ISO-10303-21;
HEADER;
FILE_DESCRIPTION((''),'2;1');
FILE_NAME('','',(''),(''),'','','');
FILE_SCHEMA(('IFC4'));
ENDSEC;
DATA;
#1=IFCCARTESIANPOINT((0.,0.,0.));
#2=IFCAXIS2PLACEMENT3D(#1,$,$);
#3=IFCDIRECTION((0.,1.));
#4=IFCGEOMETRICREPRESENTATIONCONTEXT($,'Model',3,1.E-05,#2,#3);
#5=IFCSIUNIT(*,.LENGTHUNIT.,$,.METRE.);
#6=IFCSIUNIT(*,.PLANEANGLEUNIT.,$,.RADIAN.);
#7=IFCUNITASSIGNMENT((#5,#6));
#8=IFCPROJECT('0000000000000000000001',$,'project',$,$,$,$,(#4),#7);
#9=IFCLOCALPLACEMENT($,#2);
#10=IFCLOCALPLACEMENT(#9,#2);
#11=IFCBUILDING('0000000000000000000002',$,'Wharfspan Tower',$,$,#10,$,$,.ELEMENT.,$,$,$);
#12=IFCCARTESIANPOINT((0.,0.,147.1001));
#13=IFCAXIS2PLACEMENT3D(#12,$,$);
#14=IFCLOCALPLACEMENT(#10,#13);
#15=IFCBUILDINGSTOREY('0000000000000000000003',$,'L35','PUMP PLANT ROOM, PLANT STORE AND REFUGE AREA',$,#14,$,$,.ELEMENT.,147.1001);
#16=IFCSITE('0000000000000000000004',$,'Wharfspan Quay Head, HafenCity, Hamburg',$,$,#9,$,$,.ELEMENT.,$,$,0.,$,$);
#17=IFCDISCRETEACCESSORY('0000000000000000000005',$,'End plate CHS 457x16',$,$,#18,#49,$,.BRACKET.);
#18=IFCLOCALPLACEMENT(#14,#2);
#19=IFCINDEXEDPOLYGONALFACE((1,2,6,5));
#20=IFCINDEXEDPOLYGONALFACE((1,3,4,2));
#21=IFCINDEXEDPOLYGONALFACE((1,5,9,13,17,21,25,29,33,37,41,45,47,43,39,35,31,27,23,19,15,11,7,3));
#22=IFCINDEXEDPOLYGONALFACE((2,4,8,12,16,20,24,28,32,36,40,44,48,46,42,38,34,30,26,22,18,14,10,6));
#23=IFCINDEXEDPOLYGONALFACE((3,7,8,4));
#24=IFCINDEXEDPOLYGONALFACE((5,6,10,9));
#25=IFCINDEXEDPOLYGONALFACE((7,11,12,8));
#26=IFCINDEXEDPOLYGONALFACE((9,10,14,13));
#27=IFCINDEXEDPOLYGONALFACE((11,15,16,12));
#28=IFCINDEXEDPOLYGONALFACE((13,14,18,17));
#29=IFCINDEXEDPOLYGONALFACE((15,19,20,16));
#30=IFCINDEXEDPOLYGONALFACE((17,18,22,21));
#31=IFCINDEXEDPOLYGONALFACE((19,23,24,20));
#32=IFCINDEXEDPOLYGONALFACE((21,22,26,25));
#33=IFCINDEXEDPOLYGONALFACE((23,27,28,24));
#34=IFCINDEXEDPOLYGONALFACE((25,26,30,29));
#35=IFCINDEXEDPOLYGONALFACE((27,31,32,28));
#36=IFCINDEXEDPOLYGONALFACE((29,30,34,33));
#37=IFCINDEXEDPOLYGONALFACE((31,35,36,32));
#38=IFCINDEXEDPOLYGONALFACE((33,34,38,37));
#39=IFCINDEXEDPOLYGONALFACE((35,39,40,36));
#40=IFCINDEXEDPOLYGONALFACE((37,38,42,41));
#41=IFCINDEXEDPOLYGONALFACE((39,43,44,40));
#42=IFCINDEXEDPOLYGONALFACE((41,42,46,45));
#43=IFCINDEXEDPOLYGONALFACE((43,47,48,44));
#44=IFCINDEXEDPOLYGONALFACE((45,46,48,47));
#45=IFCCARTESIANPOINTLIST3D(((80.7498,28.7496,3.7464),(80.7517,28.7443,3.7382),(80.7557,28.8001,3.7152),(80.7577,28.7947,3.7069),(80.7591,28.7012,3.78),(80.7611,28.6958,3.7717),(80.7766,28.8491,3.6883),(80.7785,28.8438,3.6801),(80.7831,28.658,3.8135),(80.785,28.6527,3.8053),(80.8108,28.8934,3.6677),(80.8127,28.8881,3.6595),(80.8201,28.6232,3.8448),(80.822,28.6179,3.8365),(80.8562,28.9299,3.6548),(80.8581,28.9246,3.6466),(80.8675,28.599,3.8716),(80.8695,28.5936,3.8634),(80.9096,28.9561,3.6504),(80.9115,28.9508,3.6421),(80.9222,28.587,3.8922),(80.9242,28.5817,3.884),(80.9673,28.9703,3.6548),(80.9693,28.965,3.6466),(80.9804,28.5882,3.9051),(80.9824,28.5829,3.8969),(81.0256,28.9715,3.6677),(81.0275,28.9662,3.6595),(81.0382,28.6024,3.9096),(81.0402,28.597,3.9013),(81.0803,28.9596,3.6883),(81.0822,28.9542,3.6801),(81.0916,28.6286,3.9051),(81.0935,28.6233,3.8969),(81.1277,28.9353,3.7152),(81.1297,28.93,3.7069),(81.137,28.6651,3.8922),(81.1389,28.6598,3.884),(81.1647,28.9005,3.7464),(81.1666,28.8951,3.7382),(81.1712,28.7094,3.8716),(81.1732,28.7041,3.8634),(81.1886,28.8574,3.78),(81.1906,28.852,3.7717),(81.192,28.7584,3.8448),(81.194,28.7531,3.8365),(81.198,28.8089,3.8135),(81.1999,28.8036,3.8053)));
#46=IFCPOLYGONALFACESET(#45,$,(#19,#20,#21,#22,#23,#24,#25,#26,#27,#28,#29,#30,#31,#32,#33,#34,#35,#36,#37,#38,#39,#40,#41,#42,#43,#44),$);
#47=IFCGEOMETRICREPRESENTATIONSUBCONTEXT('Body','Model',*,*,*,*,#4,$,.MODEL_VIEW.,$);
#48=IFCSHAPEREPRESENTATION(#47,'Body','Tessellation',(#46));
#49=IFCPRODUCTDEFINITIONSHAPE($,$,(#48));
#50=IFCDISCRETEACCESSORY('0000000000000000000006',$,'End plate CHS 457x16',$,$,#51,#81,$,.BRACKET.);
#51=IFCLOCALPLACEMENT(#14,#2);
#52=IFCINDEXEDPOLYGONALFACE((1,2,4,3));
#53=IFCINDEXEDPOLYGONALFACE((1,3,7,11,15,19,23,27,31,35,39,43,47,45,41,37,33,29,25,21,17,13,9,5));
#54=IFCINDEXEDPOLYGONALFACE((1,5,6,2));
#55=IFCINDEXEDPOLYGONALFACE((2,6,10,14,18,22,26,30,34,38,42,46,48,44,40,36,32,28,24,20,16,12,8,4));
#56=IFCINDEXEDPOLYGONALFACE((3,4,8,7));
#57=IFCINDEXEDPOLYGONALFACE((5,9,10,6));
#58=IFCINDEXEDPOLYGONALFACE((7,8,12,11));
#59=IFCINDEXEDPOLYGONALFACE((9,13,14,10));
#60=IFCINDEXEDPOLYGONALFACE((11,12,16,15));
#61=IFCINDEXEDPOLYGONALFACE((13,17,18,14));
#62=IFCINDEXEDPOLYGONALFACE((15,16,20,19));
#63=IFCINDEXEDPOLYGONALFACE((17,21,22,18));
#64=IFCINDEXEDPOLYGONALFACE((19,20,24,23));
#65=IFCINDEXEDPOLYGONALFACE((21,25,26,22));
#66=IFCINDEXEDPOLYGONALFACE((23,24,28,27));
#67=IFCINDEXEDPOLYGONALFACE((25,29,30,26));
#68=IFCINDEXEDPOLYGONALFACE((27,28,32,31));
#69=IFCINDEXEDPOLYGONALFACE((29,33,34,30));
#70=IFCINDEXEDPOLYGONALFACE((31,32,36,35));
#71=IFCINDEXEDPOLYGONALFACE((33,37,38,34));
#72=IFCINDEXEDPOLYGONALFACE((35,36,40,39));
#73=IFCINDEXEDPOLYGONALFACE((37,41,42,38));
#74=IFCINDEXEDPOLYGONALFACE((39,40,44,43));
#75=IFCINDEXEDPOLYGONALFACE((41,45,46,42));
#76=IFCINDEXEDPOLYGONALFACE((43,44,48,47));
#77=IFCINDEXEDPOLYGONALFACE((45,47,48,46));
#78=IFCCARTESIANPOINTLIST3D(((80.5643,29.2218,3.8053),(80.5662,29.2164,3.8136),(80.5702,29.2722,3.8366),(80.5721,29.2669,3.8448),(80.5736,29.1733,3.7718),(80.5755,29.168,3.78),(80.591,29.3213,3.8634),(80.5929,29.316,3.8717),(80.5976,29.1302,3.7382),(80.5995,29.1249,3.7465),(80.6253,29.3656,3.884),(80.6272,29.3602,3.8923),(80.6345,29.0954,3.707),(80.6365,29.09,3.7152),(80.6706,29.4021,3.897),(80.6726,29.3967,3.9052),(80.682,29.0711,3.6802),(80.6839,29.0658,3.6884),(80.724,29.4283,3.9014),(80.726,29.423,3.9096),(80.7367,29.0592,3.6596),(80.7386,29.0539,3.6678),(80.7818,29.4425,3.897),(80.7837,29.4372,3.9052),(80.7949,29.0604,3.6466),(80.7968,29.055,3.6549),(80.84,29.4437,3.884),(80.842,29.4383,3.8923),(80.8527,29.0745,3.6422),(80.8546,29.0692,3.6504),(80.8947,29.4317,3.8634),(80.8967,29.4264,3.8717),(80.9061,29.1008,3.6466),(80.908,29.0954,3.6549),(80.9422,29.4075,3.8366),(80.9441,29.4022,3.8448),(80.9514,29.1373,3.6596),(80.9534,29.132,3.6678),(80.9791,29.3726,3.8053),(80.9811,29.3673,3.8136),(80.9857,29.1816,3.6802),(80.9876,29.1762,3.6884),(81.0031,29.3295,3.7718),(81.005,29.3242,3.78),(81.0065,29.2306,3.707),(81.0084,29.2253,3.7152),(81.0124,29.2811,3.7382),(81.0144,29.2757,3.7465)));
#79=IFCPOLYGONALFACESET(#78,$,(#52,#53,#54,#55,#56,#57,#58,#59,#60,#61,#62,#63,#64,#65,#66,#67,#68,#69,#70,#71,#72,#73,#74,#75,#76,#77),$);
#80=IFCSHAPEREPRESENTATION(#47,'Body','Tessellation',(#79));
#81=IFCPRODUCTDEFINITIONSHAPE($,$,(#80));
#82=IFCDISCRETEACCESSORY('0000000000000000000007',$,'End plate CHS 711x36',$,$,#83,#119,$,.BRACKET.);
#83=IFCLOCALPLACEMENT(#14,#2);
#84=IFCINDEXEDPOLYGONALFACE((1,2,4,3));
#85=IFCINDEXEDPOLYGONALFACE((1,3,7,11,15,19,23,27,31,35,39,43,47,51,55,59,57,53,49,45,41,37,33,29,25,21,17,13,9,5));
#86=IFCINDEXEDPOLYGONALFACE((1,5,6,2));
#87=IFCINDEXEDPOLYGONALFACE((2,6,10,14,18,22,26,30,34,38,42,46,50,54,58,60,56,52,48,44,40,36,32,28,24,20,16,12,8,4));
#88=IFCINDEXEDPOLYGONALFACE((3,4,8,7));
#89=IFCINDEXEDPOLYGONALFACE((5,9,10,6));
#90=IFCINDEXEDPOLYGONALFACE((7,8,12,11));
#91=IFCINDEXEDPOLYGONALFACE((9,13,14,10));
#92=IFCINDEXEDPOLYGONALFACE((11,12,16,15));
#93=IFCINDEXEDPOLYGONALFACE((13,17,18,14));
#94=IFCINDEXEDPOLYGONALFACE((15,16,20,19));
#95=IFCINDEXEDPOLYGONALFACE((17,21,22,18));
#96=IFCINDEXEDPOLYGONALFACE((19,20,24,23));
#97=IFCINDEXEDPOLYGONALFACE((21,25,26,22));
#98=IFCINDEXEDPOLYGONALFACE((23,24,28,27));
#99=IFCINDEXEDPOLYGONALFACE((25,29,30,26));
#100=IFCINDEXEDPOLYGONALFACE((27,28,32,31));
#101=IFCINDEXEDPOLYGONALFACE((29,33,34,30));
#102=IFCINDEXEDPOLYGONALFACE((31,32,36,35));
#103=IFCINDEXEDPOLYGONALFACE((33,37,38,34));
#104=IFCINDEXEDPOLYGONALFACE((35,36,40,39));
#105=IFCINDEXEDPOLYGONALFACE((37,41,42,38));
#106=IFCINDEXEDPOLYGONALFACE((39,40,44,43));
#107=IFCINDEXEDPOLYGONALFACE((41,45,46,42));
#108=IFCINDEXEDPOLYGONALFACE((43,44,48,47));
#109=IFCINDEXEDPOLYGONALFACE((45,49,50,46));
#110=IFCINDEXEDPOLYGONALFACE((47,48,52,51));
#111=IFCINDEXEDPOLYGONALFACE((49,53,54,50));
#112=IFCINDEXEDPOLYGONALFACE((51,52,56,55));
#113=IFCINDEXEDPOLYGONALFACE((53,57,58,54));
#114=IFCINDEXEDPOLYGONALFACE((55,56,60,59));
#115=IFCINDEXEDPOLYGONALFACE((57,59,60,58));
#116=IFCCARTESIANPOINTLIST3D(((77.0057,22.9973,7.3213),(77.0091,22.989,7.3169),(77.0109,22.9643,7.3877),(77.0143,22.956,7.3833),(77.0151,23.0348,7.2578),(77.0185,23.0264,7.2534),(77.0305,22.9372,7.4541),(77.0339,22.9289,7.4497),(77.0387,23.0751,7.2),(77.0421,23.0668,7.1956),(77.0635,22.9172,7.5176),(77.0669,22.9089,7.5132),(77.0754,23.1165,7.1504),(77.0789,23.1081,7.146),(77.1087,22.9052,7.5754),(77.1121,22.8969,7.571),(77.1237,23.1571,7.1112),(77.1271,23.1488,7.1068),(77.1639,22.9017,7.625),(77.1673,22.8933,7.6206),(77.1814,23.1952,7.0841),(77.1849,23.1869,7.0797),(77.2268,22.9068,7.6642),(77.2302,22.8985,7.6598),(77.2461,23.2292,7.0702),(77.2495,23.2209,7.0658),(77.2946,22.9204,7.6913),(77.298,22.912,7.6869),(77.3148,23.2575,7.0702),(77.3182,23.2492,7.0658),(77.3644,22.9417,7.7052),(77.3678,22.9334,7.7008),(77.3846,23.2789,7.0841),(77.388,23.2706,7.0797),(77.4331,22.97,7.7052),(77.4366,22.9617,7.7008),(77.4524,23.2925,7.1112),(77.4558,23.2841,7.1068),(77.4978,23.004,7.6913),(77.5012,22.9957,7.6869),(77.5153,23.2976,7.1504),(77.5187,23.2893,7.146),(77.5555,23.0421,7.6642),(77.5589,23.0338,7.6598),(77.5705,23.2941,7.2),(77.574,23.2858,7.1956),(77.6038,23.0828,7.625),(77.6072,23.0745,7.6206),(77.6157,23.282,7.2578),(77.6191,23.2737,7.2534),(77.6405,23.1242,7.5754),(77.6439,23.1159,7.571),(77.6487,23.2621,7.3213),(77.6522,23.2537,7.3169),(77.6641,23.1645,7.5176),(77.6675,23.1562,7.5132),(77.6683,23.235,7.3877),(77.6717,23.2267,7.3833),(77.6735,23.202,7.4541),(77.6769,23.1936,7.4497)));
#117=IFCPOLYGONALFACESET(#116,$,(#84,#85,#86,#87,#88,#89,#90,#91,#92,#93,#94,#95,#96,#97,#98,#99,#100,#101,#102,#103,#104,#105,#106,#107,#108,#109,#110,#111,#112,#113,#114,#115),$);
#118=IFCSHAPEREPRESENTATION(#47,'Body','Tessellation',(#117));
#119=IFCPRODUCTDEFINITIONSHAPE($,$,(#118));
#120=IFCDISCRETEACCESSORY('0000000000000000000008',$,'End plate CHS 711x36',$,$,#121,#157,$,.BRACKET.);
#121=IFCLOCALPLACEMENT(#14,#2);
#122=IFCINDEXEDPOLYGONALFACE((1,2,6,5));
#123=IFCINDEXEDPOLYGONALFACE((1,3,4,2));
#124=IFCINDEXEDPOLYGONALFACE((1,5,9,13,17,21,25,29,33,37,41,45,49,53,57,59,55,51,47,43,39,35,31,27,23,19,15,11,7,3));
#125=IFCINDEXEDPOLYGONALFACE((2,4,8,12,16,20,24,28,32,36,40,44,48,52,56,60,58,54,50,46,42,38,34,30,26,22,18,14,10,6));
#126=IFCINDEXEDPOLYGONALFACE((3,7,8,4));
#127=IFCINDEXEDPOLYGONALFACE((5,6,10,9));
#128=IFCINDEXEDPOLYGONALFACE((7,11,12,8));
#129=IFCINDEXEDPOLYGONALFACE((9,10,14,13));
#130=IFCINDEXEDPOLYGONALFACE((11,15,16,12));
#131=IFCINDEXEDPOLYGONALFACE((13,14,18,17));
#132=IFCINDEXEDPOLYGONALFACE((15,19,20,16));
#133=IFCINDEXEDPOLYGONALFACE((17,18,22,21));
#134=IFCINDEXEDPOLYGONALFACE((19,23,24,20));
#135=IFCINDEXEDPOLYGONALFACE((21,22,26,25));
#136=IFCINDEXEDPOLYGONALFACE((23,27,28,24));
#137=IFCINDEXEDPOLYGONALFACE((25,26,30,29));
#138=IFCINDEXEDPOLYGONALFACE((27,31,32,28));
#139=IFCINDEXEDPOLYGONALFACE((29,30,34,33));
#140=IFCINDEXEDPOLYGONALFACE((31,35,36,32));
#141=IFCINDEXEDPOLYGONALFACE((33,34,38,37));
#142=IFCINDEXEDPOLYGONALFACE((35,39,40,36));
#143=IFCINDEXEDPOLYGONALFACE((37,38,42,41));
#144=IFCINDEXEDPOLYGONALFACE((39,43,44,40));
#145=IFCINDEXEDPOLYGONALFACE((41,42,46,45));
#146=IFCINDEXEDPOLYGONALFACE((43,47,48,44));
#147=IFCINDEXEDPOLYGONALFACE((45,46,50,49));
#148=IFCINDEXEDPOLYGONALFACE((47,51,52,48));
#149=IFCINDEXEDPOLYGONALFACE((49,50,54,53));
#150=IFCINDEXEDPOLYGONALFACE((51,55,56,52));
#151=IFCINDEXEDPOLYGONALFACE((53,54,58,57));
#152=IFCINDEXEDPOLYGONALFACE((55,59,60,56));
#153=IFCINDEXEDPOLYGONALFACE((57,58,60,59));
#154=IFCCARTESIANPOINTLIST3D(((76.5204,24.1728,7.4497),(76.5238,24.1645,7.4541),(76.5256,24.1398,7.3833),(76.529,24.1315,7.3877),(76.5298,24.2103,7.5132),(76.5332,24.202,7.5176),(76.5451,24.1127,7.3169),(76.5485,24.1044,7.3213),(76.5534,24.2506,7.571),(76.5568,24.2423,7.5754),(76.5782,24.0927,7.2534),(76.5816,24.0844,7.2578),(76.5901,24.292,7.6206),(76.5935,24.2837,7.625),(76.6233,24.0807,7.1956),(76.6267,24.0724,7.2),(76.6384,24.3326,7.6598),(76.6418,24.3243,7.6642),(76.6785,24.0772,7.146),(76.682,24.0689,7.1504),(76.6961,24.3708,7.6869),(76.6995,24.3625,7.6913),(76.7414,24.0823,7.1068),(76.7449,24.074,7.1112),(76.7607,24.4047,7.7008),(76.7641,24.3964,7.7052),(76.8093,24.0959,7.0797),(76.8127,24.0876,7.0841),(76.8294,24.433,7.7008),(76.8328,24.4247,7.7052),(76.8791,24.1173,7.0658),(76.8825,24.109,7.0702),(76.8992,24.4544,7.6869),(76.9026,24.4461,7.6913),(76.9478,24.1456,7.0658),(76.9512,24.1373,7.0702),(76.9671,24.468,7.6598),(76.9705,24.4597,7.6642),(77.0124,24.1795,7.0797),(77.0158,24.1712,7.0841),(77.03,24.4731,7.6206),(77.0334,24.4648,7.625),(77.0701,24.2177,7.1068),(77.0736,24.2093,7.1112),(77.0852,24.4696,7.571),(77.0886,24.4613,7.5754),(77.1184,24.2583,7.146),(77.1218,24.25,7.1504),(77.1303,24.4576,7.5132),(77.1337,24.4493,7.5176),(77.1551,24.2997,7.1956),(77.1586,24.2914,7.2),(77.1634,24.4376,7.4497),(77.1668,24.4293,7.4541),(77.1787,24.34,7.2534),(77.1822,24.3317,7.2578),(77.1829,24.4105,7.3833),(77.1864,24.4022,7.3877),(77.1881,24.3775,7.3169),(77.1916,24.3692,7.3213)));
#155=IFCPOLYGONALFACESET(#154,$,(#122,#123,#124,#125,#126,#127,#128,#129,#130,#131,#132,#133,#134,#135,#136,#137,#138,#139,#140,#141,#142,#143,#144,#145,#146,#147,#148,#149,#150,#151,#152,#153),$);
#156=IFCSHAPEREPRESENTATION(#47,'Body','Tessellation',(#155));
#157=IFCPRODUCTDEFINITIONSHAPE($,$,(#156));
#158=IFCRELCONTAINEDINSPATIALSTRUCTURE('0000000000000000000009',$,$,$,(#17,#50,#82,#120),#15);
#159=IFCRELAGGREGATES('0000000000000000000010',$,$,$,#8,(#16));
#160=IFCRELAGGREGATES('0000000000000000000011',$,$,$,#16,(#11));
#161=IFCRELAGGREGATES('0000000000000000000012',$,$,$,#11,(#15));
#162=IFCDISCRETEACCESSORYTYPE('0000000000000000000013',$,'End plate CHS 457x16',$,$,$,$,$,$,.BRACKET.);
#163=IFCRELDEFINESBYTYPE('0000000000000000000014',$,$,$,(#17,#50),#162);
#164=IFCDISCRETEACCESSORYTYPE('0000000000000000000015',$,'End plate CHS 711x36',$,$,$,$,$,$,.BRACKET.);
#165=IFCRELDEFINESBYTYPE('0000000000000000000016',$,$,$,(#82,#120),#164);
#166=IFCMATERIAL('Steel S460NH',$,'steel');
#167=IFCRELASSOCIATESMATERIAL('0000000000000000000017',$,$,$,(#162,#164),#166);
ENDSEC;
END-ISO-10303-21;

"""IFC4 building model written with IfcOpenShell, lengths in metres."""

from ifc_helpers import new_model, si_unit, direction, frame, origin, origin_2d, place, context, subcontext, project, spatial, circle, extrude, material, material_profile, profile_set, type_object, element, save


model = new_model("IFC4")

# Units and contexts
model_context = context("Model", 3, precision=1e-05, world=origin(), true_north=direction((0.0, 1.0)))
body_context = subcontext(model_context, "Body", "Model", "MODEL_VIEW")
ifc_project = project(units=[si_unit("LENGTHUNIT", "METRE"), si_unit("PLANEANGLEUNIT", "RADIAN")], contexts=[model_context])

# Site, building, storey
site_placement = place(None, origin())
site = spatial("IfcSite", under=ifc_project, at=site_placement, Name="Wharfspan Quay Head, HafenCity, Hamburg", CompositionType="ELEMENT", RefElevation=0.0)
building_placement = place(site_placement, origin())
building = spatial("IfcBuilding", under=site, at=building_placement, Name="Wharfspan Tower", CompositionType="ELEMENT")
storey_placement = place(building_placement, frame((0.0, 0.0, 147.1001)))
storey = spatial("IfcBuildingStorey", under=building, at=storey_placement, Name="L35", Description="PUMP PLANT ROOM, PLANT STORE AND REFUGE AREA", CompositionType="ELEMENT", Elevation=147.1001)

# Shared definitions
ifc_material_1 = material(Name="Steel S460NH", Category="steel")

# Discrete accessories
ifc_material_profile_1 = material_profile(ifc_material_1, circle(Radius=0.2285, at=origin_2d()))
ifc_profile_set_1 = profile_set([ifc_material_profile_1], Name="Steel S460NH")
discrete_accessory_type_1 = type_object("IfcDiscreteAccessoryType", Name="End plate CHS 457x16", PredefinedType="BRACKET", material=ifc_profile_set_1)
for number, where, z_axis, x_axis, name in (
    (1, (80.9758, 28.7739, 3.7717), (-0.193801, 0.532952, 0.823653), (-0.939792, -0.341743, 0.0), "End plate CHS 457x16"),
    (2, (80.7903, 29.2461, 3.78), (-0.193801, 0.532952, -0.823653), (-0.939792, -0.341743, 0.0), "End plate CHS 457x16"),
):
    element("IfcDiscreteAccessory", number, at=place(storey_placement, frame(where, z_axis=z_axis, x_axis=x_axis)), inside=storey, type_object=discrete_accessory_type_1, Name=name, PredefinedType="BRACKET", context=body_context, shape_type="SweptSolid", body=[
        extrude(circle(Radius=0.2285, at=origin_2d()), origin(), (0.0, 0.0, 1.0), 0.01),
    ])
ifc_material_profile_2 = material_profile(ifc_material_1, circle(Radius=0.3555, at=origin_2d()))
ifc_profile_set_2 = profile_set([ifc_material_profile_2], Name="Steel S460NH")
discrete_accessory_type_2 = type_object("IfcDiscreteAccessoryType", Name="End plate CHS 711x36", PredefinedType="BRACKET", material=ifc_profile_set_2)
for number, where, z_axis, x_axis, name in (
    (3, (77.343, 23.0913, 7.3833), (-0.341972, 0.830504, 0.439679), (-0.924678, -0.380749, -0.000001), "End plate CHS 711x36"),
    (4, (76.8542, 24.2751, 7.3833), (0.341972, -0.830504, 0.439679), (0.924678, 0.380749, -0.000001), "End plate CHS 711x36"),
):
    element("IfcDiscreteAccessory", number, at=place(storey_placement, frame(where, z_axis=z_axis, x_axis=x_axis)), inside=storey, type_object=discrete_accessory_type_2, Name=name, PredefinedType="BRACKET", context=body_context, shape_type="SweptSolid", body=[
        extrude(circle(Radius=0.3555, at=origin_2d()), origin(), (0.0, 0.0, 1.0), 0.01),
    ])

save(model, "model.ifc")
